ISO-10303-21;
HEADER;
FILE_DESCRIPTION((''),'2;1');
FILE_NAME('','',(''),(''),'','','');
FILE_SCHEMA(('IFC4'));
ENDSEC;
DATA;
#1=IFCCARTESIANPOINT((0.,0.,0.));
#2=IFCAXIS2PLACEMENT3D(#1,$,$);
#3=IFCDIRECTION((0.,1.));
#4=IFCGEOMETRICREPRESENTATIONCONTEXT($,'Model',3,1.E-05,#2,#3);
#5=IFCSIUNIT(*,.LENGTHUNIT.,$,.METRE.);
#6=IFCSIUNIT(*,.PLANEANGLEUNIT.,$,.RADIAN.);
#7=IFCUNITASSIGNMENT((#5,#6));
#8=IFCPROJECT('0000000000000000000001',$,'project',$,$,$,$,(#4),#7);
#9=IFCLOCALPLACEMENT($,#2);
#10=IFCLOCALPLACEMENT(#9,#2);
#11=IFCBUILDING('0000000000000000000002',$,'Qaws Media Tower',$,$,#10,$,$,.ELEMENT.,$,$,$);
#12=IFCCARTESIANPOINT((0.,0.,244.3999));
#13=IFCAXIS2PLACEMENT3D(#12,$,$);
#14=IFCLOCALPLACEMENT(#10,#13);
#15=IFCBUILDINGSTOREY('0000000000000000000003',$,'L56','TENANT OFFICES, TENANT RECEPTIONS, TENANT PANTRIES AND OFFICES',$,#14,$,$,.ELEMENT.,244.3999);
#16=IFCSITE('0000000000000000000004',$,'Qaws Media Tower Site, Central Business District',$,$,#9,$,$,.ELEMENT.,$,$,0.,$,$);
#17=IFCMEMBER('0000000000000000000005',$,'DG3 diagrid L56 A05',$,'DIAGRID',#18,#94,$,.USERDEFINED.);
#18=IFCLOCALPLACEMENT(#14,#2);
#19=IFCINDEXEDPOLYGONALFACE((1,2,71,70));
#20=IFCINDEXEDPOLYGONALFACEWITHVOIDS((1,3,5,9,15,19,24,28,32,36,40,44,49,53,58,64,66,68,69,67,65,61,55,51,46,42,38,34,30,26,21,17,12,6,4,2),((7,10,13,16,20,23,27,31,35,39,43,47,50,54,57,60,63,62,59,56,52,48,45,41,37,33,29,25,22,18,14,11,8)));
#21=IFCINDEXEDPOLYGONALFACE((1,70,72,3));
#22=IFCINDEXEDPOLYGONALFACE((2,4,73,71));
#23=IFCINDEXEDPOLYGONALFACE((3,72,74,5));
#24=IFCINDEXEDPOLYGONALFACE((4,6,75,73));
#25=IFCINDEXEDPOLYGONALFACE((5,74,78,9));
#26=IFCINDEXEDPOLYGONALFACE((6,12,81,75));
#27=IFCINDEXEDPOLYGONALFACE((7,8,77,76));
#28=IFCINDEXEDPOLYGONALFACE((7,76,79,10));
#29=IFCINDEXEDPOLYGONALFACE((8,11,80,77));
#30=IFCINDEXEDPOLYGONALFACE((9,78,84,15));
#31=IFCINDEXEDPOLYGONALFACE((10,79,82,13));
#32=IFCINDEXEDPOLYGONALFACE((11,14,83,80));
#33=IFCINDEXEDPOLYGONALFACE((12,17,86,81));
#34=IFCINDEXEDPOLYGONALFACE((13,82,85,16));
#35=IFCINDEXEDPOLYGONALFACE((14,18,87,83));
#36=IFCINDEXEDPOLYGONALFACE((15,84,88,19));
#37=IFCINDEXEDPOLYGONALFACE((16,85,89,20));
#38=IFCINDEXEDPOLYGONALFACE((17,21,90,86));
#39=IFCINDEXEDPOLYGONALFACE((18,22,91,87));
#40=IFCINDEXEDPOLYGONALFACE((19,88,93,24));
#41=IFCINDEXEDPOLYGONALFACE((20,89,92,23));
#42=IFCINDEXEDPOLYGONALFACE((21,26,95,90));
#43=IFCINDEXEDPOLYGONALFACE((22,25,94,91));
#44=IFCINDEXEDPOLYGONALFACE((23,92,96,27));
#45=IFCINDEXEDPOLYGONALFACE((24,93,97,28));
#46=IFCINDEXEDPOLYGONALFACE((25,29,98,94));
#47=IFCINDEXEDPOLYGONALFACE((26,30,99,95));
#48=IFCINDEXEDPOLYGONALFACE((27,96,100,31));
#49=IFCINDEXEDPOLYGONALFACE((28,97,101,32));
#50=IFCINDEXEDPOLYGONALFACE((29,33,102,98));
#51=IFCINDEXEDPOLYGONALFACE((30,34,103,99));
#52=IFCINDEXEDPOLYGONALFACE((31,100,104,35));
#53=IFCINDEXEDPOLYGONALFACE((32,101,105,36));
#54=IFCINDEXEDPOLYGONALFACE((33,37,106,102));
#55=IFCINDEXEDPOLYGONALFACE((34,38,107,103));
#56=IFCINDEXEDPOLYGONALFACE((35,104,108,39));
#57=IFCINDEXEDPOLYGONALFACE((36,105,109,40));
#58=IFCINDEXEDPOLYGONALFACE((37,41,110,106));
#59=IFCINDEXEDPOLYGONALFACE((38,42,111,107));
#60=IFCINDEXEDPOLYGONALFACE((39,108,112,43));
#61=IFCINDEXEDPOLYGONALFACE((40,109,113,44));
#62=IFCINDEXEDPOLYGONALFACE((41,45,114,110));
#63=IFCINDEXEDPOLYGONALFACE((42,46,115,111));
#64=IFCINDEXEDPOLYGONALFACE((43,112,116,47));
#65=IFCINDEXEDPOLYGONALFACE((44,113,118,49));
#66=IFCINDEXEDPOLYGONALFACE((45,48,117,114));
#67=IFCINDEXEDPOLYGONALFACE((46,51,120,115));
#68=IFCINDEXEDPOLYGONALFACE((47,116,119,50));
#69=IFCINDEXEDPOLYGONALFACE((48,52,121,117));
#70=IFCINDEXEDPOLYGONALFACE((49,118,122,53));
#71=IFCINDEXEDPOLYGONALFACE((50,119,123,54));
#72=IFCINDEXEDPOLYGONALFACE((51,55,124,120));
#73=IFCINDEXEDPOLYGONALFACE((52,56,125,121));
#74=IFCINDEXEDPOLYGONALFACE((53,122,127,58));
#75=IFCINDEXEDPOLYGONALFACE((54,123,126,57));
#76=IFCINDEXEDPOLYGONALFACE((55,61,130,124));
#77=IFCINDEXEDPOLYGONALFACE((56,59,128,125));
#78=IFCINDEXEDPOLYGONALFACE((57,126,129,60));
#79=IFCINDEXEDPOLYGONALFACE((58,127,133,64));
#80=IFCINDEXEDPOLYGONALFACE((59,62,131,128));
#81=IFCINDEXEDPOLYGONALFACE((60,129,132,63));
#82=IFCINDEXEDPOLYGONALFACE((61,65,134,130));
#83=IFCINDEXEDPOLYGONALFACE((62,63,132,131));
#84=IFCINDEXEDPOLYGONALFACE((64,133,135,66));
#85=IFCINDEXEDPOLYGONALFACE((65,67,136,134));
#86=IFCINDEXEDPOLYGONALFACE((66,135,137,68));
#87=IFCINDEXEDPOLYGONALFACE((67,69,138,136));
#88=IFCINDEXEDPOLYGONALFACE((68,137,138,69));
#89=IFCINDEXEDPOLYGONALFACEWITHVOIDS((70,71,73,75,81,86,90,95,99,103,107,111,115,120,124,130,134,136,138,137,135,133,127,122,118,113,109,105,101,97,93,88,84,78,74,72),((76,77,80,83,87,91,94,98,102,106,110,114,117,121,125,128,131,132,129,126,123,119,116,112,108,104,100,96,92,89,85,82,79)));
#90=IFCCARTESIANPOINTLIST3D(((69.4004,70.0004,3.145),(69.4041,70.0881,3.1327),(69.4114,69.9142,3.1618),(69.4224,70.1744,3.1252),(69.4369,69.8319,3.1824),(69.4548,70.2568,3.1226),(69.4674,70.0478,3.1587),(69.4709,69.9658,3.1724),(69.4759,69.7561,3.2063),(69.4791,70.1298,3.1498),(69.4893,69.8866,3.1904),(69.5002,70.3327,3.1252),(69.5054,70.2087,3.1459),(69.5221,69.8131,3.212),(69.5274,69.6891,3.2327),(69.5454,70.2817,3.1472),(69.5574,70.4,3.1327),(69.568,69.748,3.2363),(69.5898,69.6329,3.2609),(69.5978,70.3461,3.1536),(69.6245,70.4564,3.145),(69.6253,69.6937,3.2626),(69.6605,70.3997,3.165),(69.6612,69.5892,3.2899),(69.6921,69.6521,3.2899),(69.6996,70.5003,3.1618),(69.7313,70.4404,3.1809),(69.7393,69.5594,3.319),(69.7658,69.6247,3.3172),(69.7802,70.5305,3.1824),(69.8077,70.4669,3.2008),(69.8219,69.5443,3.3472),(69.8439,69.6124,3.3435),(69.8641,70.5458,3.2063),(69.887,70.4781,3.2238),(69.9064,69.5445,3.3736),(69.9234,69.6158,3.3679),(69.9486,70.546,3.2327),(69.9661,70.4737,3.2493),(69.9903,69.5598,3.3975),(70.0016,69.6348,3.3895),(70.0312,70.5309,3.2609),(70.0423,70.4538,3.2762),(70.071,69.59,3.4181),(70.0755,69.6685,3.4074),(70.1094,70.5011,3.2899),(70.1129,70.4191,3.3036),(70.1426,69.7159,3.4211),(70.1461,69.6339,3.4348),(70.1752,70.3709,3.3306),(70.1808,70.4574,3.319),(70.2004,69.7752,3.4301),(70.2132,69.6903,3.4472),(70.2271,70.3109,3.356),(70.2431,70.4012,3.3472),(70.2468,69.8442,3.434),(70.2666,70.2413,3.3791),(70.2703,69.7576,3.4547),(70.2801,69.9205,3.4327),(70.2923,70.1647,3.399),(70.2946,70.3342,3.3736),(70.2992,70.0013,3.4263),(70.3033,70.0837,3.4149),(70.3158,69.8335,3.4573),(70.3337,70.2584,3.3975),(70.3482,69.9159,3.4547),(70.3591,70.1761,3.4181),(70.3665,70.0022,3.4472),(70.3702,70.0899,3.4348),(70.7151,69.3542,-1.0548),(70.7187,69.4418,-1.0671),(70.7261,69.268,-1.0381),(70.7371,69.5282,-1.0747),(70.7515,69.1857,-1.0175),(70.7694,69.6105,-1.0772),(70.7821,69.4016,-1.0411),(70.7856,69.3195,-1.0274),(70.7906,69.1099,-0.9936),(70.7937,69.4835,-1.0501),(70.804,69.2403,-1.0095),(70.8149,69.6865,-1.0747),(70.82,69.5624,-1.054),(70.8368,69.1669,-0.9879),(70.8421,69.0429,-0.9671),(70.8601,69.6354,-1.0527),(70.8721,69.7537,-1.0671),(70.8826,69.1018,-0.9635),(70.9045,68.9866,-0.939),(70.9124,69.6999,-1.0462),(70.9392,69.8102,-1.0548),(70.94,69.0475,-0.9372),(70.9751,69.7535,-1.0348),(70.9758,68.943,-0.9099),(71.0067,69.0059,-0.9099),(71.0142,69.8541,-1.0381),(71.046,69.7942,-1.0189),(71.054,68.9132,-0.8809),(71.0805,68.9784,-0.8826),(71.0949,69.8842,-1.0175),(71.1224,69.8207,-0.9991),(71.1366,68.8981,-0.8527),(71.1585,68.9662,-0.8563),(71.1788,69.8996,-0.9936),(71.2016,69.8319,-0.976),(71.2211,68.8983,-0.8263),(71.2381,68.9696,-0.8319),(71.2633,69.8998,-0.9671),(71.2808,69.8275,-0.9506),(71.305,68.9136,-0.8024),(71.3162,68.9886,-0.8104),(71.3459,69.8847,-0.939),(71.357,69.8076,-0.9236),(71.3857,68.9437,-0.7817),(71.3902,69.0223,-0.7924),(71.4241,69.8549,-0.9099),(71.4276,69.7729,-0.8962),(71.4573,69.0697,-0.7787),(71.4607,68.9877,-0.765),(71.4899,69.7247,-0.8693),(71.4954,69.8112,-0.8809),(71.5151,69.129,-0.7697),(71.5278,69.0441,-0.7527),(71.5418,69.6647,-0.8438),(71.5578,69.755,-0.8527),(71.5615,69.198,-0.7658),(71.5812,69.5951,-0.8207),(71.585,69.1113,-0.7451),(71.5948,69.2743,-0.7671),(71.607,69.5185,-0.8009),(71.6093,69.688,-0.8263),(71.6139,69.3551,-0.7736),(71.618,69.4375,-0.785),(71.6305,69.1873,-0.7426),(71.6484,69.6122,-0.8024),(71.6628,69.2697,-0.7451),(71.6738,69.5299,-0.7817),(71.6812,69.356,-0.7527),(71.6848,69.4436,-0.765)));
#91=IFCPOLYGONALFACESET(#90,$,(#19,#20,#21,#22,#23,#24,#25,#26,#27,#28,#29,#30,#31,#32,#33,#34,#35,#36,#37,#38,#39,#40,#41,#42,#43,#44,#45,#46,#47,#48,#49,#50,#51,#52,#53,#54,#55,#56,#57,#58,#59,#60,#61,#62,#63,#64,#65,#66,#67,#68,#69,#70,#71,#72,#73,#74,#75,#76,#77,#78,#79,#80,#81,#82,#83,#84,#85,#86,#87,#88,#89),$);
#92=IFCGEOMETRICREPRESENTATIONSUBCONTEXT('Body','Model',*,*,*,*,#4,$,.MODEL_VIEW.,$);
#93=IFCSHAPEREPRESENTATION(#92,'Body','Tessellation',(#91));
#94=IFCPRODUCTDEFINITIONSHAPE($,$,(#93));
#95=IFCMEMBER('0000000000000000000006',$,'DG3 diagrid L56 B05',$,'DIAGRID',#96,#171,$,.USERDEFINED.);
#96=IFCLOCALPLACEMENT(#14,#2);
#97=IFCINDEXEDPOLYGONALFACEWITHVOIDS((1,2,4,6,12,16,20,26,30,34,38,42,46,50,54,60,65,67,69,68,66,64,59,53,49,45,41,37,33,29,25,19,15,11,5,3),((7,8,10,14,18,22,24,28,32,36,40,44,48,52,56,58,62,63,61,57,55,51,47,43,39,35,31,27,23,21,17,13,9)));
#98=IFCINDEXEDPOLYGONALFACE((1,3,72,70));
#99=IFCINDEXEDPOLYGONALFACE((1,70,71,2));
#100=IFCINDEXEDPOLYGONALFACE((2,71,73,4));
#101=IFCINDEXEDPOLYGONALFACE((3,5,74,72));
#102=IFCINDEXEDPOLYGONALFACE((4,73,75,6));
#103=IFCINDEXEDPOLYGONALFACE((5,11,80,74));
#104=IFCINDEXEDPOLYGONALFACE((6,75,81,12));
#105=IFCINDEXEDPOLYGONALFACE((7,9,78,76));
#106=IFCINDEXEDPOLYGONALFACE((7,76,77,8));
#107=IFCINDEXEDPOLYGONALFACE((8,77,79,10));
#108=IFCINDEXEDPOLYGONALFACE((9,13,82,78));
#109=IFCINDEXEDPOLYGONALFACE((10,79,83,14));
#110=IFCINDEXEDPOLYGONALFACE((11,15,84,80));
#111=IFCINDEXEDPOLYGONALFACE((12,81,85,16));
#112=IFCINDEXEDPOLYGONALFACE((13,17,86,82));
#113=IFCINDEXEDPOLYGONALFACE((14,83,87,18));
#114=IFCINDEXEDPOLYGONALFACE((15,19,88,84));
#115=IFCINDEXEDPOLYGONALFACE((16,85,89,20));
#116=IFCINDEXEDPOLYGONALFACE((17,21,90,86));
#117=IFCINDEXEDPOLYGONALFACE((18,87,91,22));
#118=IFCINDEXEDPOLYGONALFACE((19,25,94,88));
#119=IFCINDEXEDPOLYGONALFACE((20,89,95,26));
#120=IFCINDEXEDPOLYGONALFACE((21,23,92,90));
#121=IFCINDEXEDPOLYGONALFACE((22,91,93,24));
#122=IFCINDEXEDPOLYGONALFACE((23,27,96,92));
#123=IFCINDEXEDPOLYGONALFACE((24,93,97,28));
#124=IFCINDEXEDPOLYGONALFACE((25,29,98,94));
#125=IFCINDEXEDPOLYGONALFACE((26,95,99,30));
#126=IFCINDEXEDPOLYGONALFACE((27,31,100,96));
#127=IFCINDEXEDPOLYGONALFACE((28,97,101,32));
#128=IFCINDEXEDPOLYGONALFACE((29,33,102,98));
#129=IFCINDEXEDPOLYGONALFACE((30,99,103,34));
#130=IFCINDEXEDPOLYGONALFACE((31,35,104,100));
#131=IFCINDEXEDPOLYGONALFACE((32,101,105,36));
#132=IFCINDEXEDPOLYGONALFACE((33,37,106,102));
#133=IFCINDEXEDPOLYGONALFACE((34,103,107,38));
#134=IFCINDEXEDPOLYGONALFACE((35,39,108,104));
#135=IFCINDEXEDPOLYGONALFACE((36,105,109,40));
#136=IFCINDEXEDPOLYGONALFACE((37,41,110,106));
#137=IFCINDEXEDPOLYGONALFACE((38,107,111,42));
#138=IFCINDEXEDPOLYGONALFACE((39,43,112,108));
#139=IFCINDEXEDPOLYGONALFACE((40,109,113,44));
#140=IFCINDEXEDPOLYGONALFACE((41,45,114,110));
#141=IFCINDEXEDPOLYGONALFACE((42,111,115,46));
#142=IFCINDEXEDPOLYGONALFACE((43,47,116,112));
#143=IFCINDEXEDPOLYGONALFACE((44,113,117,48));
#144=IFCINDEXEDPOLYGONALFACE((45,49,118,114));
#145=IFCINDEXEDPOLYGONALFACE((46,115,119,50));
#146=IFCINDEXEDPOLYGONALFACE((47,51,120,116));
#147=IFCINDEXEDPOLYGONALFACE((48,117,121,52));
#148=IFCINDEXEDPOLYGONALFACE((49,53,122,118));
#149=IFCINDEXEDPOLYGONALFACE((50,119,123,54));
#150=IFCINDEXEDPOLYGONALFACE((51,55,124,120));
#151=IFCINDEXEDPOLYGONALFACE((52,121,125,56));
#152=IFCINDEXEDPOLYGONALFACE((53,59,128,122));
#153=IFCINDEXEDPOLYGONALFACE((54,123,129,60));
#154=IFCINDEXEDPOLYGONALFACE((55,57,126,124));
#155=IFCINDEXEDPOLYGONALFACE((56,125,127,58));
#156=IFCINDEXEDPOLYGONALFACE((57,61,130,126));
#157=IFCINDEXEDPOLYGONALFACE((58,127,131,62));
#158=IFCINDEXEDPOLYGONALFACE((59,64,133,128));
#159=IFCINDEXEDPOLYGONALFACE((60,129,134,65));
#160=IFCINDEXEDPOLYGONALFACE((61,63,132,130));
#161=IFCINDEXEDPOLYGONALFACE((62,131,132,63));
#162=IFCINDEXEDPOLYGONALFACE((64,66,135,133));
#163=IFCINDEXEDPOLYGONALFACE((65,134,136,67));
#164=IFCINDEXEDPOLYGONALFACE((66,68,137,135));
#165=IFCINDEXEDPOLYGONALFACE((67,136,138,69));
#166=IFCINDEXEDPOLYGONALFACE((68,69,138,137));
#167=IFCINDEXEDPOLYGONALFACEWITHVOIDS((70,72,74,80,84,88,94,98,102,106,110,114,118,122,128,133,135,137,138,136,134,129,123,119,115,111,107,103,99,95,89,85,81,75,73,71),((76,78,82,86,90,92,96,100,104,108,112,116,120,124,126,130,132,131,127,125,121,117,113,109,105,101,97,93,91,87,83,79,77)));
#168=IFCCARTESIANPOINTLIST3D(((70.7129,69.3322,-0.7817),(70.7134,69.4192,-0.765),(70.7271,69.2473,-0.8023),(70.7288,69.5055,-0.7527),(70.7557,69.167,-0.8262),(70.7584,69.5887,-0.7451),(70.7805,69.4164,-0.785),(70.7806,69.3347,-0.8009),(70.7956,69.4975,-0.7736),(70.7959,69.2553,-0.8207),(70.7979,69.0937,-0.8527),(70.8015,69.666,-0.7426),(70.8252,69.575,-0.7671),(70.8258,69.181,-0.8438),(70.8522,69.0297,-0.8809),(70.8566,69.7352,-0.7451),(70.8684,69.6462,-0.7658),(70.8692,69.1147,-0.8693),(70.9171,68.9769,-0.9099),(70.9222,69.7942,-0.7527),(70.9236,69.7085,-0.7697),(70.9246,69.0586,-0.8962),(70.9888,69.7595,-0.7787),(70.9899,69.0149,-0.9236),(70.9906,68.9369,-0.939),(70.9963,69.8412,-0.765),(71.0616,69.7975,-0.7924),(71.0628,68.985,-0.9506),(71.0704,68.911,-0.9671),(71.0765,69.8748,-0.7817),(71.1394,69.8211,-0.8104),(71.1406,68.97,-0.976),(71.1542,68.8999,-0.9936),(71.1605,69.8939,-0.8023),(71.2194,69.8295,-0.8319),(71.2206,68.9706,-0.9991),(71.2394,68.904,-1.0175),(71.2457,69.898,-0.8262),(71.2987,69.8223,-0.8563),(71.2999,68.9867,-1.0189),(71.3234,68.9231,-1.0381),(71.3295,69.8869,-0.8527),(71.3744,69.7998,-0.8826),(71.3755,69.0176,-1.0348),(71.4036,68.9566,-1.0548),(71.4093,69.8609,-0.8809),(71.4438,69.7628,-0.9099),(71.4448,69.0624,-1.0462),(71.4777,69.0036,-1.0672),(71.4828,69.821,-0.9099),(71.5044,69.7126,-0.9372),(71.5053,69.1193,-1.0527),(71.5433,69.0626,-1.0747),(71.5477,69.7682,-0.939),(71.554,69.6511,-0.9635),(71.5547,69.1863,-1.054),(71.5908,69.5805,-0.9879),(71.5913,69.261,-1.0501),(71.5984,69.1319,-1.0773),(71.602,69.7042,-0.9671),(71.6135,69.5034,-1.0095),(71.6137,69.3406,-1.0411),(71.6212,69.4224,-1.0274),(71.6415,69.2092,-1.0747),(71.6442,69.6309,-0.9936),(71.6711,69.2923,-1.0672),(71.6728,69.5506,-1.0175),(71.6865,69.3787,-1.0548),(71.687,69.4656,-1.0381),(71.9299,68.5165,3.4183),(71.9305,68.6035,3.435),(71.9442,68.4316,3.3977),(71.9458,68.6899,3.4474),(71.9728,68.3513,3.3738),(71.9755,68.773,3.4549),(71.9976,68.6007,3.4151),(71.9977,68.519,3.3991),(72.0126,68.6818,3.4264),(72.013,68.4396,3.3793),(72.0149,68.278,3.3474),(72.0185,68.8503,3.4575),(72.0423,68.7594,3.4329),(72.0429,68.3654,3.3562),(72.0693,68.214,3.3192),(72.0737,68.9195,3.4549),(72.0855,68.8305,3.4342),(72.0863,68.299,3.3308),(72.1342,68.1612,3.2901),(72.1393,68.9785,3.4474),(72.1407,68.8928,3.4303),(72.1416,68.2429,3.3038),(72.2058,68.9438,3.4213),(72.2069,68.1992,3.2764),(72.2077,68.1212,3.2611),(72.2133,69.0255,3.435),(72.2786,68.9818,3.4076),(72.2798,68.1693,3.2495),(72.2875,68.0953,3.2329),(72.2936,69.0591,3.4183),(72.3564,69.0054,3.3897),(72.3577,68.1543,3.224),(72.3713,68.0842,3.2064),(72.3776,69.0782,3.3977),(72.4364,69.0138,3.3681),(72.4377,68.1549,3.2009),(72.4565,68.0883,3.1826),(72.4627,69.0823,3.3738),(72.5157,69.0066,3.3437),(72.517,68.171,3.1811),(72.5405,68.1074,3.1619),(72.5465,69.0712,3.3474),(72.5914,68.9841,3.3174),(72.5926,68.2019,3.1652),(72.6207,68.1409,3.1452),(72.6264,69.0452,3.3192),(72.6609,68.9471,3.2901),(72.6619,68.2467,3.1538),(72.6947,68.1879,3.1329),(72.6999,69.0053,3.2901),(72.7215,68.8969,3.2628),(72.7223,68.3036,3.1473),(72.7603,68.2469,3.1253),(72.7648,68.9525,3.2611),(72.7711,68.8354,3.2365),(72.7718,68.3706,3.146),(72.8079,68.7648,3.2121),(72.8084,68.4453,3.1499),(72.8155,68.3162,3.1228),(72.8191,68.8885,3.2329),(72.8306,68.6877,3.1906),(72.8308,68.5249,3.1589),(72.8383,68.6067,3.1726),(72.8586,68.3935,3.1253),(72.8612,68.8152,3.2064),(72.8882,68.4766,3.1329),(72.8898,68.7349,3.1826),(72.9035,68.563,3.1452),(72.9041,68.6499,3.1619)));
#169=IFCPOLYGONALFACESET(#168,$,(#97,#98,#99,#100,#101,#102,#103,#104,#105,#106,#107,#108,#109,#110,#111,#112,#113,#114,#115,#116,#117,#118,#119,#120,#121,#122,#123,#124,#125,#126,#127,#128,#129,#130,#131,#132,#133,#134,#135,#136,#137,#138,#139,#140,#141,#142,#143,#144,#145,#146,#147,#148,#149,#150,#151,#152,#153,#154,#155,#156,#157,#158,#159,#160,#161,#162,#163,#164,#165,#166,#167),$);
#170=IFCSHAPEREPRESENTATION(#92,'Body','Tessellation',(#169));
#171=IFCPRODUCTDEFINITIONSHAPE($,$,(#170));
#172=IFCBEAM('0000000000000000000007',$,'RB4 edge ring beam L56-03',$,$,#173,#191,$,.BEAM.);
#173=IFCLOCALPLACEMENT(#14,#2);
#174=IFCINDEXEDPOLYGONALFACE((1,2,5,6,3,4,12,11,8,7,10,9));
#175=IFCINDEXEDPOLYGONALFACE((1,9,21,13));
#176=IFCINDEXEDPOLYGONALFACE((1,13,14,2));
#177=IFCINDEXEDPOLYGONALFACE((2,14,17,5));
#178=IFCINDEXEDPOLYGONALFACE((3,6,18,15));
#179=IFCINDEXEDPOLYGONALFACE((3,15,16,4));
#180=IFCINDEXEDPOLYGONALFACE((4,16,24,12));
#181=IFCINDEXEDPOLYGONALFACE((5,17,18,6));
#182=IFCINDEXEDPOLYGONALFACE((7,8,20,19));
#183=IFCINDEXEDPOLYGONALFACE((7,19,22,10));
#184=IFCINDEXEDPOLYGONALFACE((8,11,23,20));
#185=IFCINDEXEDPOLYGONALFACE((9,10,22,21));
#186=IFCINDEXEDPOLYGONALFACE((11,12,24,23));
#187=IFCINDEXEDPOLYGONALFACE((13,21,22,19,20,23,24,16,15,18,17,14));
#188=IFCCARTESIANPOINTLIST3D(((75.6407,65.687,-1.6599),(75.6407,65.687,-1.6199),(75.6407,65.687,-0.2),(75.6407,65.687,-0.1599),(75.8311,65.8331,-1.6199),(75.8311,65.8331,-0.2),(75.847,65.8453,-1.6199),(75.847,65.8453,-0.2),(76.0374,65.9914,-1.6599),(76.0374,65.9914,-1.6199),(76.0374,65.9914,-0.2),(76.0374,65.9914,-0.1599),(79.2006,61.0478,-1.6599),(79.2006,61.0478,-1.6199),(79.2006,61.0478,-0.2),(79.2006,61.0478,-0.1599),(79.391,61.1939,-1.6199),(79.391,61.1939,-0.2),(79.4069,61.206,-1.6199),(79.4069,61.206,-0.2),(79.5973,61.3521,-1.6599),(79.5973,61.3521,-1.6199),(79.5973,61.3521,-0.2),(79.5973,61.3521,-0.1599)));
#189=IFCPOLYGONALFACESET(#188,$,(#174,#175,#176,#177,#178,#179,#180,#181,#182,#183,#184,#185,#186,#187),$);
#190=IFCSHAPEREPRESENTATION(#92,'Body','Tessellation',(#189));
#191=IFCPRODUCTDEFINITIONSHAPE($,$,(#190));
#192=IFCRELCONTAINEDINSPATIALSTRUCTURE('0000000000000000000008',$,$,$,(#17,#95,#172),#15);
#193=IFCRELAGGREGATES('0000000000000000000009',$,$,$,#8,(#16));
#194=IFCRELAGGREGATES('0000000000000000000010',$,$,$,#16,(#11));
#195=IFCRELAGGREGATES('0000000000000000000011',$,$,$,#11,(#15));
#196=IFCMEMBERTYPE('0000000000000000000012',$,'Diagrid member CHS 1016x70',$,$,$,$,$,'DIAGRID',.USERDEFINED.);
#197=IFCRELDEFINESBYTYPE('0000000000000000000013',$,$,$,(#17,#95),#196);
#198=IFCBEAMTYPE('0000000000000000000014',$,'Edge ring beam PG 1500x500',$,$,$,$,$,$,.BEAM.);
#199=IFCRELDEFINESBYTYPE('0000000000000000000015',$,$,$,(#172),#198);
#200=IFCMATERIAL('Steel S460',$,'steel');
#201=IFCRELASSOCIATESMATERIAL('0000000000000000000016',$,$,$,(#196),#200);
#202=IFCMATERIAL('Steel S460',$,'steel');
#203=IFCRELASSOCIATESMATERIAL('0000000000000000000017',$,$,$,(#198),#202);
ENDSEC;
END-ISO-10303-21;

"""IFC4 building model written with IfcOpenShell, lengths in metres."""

from ifc_helpers import new_model, si_unit, direction, frame, origin, origin_2d, place, context, subcontext, project, spatial, hollow_circle, i_section, extrude, material, material_profile, profile_set, type_object, element, save


model = new_model("IFC4")

# Units and contexts
model_context = context("Model", 3, precision=1e-05, world=origin(), true_north=direction((0.0, 1.0)))
body_context = subcontext(model_context, "Body", "Model", "MODEL_VIEW")
ifc_project = project(units=[si_unit("LENGTHUNIT", "METRE"), si_unit("PLANEANGLEUNIT", "RADIAN")], contexts=[model_context])

# Site, building, storey
site_placement = place(None, origin())
site = spatial("IfcSite", under=ifc_project, at=site_placement, Name="Qaws Media Tower Site, Central Business District", CompositionType="ELEMENT", RefElevation=0.0)
building_placement = place(site_placement, origin())
building = spatial("IfcBuilding", under=site, at=building_placement, Name="Qaws Media Tower", CompositionType="ELEMENT")
storey_placement = place(building_placement, frame((0.0, 0.0, 244.3999)))
storey = spatial("IfcBuildingStorey", under=building, at=storey_placement, Name="L56", Description="TENANT OFFICES, TENANT RECEPTIONS, TENANT PANTRIES AND OFFICES", CompositionType="ELEMENT", Elevation=244.3999)

# Members
ifc_material_1 = material(Name="Steel S460", Category="steel")
ifc_material_profile_1 = material_profile(ifc_material_1, hollow_circle(Radius=0.5081, WallThickness=0.0701, at=origin_2d()), Name="CHS 1016x70")
ifc_profile_set_1 = profile_set([ifc_material_profile_1], Name="Steel S460")
member_type_1 = type_object("IfcMemberType", Name="Diagrid member CHS 1016x70", ElementType="DIAGRID", PredefinedType="USERDEFINED", material=ifc_profile_set_1)
member_1_placement = place(storey_placement, frame((71.2, 69.3989, -0.9099), z_axis=(-0.295563, 0.145284, 0.944211), x_axis=(-0.441137, -0.89744, 0.0)))
element("IfcMember", 1, at=member_1_placement, inside=storey, type_object=member_type_1, Name="DG3 diagrid L56 A05", ObjectType="DIAGRID", PredefinedType="USERDEFINED", context=body_context, shape_type="SweptSolid", body=[
    extrude(hollow_circle(Radius=0.5081, WallThickness=0.0701, at=origin_2d()), origin(), (0.0, 0.0, 1.0), 4.448),
])
member_2_placement = place(storey_placement, frame((71.2, 69.3989, -0.9099), z_axis=(0.273606, -0.183373, 0.9442), x_axis=(0.556737, 0.830689, 0.0)))
element("IfcMember", 2, at=member_2_placement, inside=storey, type_object=member_type_1, Name="DG3 diagrid L56 B05", ObjectType="DIAGRID", PredefinedType="USERDEFINED", context=body_context, shape_type="SweptSolid", body=[
    extrude(hollow_circle(Radius=0.5081, WallThickness=0.0701, at=origin_2d()), origin(), (0.0, 0.0, 1.0), 4.4482),
])

# Beam
ifc_material_2 = material(Name="Steel S460", Category="steel")
ifc_material_profile_2 = material_profile(ifc_material_2, i_section(OverallWidth=0.5, OverallDepth=1.5, WebThickness=0.02, FlangeThickness=0.04, at=origin_2d()), Name="PG 1500x500")
ifc_profile_set_2 = profile_set([ifc_material_profile_2], Name="Steel S460")
beam_type = type_object("IfcBeamType", Name="Edge ring beam PG 1500x500", PredefinedType="BEAM", material=ifc_profile_set_2)
for number, where, z_axis, x_axis, name in (
    (3, (79.3989, 61.2, -0.9099), (-0.608768, 0.793348, 0.0), (-0.793348, -0.608768, 0.0), "RB4 edge ring beam L56-03"),
):
    element("IfcBeam", number, at=place(storey_placement, frame(where, z_axis=z_axis, x_axis=x_axis)), inside=storey, type_object=beam_type, Name=name, PredefinedType="BEAM", context=body_context, shape_type="SweptSolid", body=[
        extrude(i_section(OverallWidth=0.5, OverallDepth=1.5, WebThickness=0.02, FlangeThickness=0.04, at=origin_2d()), origin(), (0.0, 0.0, 1.0), 5.8477),
    ])

save(model, "model.ifc")
